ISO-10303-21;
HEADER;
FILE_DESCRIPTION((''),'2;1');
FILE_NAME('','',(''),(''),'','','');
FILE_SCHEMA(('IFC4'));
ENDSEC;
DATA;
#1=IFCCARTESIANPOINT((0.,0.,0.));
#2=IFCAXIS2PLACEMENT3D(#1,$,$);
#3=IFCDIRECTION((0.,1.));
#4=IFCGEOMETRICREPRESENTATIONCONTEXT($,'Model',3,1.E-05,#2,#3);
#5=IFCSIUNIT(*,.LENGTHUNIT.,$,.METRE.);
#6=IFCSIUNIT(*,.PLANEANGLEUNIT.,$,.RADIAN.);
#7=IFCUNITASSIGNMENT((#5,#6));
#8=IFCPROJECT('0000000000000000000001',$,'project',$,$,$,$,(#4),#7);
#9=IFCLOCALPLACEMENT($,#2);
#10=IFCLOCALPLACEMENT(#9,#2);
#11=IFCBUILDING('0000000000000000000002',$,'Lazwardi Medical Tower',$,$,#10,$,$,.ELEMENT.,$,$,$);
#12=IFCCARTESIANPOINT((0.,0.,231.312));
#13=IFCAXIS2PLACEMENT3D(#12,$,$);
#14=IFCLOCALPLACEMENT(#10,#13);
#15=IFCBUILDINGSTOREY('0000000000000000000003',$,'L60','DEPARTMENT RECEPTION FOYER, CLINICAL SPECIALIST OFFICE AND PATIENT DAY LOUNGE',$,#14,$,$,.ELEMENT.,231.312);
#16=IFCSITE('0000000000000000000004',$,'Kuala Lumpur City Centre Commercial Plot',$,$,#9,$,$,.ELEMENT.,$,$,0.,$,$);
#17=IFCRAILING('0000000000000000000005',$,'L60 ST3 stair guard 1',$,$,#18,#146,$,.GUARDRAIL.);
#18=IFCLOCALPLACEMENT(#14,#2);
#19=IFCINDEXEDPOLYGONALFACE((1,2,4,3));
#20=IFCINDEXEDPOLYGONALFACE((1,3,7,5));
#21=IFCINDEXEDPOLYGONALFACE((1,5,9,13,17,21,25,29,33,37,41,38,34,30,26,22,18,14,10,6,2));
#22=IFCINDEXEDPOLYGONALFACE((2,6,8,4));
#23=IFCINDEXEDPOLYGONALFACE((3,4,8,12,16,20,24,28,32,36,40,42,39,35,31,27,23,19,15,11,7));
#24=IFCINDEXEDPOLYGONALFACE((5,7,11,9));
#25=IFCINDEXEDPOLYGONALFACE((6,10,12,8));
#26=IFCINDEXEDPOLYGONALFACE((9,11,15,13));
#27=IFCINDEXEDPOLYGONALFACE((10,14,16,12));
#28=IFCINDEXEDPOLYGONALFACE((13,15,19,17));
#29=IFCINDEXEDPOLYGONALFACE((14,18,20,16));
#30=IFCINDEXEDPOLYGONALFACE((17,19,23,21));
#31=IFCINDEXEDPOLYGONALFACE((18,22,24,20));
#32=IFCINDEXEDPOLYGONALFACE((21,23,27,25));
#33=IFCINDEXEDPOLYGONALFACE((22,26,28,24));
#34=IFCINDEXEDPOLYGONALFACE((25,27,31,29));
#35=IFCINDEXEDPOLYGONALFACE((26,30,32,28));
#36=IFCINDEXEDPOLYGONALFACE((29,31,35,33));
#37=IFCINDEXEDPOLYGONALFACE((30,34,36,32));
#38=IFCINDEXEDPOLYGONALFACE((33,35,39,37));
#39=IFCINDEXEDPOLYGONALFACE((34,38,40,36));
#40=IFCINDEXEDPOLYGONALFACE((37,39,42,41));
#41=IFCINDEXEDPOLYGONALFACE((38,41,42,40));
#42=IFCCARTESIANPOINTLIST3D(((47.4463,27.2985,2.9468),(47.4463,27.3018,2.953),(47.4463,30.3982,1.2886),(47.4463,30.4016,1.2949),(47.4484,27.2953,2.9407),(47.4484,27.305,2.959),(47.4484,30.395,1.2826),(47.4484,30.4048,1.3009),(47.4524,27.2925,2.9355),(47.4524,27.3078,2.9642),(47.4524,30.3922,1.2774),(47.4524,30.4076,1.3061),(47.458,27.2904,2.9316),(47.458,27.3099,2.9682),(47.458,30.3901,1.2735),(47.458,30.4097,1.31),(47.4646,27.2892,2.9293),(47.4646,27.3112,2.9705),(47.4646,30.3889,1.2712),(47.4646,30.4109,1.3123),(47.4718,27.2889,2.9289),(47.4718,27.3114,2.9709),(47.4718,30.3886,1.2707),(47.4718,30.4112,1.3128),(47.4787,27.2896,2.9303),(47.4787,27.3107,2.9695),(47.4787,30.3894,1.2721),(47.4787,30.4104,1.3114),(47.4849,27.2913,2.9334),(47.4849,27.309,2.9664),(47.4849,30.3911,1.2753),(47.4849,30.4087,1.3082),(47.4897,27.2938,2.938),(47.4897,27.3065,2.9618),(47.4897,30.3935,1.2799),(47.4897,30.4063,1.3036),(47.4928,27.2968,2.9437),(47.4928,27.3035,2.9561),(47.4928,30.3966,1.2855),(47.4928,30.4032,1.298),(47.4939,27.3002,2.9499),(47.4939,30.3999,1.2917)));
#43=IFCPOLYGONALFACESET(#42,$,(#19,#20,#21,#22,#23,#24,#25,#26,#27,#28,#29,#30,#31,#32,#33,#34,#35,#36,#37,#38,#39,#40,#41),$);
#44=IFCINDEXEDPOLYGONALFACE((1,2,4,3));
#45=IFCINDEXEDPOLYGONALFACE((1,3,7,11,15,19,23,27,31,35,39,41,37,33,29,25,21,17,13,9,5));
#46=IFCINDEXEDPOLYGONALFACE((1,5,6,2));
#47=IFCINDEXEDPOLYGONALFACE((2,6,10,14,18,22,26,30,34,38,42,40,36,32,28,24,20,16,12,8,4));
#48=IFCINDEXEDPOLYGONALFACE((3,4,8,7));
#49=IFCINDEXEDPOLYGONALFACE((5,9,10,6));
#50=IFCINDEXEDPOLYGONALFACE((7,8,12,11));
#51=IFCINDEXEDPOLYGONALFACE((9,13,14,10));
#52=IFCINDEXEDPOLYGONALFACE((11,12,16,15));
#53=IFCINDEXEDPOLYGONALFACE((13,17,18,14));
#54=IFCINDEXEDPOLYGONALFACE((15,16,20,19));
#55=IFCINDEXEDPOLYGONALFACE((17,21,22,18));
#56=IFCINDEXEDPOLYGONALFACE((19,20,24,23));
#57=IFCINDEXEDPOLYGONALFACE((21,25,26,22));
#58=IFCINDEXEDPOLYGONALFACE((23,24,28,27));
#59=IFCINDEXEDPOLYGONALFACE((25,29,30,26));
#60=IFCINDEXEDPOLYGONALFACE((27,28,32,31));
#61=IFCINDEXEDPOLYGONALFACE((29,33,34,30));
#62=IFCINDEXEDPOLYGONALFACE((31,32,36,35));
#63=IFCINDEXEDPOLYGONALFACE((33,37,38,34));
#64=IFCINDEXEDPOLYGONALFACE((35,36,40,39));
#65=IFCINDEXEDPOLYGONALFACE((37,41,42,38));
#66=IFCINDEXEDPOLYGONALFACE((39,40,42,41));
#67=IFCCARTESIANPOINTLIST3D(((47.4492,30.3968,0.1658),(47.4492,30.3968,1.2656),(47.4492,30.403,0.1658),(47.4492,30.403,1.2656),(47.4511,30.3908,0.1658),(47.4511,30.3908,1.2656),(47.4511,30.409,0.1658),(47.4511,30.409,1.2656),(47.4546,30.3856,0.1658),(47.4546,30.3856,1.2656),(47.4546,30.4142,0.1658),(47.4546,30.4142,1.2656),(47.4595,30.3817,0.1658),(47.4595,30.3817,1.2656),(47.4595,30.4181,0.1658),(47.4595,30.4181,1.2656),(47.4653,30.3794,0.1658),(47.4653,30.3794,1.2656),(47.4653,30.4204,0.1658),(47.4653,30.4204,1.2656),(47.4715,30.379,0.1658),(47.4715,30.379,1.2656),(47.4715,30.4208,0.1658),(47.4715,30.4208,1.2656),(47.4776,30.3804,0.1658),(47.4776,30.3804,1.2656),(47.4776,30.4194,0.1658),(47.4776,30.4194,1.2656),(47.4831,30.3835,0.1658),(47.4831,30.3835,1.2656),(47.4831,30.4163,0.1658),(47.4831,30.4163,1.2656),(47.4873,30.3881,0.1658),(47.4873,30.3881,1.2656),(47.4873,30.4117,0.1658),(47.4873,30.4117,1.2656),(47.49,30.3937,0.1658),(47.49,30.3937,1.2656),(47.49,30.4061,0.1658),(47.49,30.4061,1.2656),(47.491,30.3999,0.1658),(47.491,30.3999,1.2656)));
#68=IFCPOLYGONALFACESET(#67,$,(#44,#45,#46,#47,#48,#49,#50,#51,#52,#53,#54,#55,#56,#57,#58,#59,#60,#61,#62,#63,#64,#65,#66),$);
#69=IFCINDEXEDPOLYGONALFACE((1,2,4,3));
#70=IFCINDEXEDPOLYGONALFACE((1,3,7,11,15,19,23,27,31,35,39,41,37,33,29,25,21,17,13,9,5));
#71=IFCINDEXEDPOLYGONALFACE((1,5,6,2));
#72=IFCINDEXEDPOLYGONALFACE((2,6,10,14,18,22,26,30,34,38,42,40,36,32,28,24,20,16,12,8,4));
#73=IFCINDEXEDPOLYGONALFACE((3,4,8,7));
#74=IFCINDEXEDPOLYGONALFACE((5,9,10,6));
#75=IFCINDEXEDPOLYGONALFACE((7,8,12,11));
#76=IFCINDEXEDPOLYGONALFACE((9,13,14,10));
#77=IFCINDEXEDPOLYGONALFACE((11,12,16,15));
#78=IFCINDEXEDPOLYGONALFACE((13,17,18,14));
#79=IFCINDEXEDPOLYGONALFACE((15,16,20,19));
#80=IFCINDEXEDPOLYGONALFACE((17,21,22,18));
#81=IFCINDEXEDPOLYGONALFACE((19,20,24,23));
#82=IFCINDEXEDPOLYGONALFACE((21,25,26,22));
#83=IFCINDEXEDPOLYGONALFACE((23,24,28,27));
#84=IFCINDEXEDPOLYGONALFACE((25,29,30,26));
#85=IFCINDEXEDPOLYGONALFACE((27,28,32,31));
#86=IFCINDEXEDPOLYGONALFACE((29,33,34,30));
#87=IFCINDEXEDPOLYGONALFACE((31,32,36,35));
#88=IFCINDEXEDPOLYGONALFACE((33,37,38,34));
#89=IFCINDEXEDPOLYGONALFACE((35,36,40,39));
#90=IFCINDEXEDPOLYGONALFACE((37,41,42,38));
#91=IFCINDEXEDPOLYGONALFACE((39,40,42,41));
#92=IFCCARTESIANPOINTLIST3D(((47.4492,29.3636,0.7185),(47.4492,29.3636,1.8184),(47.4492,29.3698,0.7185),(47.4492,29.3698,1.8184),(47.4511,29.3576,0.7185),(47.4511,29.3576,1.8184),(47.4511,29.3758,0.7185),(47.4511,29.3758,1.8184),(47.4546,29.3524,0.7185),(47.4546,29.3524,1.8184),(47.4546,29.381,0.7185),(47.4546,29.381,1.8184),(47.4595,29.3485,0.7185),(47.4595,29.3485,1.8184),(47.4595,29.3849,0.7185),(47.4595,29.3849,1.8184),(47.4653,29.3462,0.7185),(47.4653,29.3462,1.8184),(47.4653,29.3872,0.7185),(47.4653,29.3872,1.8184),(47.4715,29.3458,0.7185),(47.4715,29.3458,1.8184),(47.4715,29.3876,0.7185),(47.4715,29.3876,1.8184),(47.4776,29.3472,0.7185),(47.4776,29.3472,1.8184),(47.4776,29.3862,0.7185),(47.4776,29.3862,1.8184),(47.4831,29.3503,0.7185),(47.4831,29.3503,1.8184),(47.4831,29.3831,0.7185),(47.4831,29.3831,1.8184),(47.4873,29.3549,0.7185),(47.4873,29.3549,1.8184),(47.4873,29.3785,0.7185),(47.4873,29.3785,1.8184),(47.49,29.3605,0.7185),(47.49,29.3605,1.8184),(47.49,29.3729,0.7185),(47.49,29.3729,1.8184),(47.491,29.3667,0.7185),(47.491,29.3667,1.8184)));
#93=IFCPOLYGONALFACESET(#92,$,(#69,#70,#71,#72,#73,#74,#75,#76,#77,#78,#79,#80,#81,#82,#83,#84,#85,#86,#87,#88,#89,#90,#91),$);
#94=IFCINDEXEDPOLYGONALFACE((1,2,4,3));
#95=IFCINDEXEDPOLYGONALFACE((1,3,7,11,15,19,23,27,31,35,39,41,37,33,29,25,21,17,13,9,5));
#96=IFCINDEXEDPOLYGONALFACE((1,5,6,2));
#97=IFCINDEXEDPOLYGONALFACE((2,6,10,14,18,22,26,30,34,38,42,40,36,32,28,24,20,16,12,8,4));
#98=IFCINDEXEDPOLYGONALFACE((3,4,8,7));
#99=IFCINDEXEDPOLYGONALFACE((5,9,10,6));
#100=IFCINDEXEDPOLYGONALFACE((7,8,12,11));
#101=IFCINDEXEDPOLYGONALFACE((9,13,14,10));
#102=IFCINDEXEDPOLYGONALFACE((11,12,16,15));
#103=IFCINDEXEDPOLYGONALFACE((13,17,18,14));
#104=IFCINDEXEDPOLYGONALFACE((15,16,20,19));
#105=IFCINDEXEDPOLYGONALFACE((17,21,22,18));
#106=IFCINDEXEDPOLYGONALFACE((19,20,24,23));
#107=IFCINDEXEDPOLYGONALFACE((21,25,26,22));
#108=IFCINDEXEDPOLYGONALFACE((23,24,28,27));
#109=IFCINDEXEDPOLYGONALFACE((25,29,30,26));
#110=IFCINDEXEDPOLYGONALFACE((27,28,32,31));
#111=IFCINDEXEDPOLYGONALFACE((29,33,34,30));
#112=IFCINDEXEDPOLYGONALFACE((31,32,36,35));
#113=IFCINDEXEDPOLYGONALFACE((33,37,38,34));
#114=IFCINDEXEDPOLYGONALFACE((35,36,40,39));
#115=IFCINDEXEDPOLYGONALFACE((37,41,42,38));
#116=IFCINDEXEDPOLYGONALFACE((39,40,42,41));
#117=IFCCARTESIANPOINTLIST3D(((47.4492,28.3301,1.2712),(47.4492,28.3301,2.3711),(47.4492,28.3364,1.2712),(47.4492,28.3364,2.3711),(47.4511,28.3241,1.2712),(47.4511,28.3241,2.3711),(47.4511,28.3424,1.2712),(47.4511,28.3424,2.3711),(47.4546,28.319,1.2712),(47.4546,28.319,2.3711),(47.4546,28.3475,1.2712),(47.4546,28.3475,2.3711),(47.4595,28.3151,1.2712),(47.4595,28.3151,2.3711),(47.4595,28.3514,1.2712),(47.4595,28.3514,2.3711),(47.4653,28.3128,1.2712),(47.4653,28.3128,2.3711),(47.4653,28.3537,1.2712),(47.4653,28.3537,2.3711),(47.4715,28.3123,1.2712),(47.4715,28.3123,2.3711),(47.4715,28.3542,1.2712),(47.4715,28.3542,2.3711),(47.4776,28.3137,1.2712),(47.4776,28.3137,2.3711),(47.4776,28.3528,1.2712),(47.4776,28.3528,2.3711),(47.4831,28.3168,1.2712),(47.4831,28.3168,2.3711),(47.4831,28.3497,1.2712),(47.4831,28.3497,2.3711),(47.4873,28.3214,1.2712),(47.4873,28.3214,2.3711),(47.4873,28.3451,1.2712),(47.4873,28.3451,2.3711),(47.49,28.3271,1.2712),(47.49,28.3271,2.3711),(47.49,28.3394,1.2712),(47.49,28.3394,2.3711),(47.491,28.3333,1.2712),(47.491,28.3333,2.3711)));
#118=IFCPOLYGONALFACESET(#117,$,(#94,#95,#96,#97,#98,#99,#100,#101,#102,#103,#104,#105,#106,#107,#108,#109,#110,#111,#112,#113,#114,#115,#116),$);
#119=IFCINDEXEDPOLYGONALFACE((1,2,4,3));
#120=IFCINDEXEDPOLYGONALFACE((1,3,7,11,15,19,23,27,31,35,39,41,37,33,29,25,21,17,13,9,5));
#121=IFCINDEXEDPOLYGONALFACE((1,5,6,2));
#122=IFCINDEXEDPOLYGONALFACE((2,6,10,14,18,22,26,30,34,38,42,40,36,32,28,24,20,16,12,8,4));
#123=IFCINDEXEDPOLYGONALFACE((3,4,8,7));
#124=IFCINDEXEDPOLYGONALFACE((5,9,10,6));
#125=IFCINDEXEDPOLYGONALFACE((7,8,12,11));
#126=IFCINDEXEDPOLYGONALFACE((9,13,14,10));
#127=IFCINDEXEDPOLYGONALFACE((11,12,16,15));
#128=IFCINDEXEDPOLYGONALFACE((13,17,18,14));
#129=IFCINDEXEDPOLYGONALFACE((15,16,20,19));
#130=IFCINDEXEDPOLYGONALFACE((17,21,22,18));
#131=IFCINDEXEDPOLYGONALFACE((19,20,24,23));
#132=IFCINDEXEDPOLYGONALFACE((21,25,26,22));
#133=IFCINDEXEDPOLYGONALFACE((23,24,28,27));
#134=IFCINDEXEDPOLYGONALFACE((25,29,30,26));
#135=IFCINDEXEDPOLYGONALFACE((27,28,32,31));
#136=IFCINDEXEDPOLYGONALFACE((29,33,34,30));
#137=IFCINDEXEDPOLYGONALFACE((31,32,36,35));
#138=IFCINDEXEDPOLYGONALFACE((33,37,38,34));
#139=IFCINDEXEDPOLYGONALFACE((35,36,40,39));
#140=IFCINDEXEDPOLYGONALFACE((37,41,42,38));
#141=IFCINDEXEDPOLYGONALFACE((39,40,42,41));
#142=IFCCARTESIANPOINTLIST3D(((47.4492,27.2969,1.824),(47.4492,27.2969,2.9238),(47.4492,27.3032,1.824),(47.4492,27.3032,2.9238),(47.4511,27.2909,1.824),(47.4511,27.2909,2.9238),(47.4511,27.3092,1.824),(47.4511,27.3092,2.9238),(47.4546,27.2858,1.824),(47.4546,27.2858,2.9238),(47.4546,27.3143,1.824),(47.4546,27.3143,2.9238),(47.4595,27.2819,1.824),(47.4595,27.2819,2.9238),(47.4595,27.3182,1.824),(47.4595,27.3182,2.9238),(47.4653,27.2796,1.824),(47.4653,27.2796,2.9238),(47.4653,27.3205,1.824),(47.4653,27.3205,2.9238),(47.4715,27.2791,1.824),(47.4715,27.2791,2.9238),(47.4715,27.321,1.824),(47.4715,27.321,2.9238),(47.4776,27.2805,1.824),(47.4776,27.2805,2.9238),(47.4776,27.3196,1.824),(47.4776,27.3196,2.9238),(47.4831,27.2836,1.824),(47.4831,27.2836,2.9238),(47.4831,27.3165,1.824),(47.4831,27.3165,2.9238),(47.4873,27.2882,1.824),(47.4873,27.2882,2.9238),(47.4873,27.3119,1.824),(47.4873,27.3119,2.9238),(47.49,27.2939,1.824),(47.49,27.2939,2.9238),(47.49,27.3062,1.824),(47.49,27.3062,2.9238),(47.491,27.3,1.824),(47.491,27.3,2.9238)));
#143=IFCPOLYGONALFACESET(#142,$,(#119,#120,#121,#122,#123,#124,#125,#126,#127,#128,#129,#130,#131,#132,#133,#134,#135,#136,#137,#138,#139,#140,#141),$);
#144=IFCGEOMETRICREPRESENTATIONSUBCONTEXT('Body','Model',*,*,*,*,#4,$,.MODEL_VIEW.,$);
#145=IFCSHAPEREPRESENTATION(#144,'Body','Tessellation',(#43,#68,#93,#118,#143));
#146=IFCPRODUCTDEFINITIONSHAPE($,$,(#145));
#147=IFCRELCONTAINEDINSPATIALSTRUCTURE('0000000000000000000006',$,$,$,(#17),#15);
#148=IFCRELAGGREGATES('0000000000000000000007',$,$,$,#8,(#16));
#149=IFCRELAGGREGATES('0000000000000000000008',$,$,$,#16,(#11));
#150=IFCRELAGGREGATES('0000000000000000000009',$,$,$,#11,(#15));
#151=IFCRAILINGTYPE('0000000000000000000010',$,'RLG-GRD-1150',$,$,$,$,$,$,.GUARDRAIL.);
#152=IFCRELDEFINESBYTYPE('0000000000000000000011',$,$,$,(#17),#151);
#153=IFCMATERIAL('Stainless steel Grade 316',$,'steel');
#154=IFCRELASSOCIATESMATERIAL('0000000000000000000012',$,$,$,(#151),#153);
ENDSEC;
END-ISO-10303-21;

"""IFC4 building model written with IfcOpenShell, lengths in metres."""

from ifc_helpers import new_model, si_unit, direction, frame, origin, origin_2d, place, context, subcontext, project, spatial, circle, extrude, material, type_object, element, save


model = new_model("IFC4")

# Units and contexts
model_context = context("Model", 3, precision=1e-05, world=origin(), true_north=direction((0.0, 1.0)))
body_context = subcontext(model_context, "Body", "Model", "MODEL_VIEW")
ifc_project = project(units=[si_unit("LENGTHUNIT", "METRE"), si_unit("PLANEANGLEUNIT", "RADIAN")], contexts=[model_context])

# Site, building, storey
site_placement = place(None, origin())
site = spatial("IfcSite", under=ifc_project, at=site_placement, Name="Kuala Lumpur City Centre Commercial Plot", CompositionType="ELEMENT", RefElevation=0.0)
building_placement = place(site_placement, origin())
building = spatial("IfcBuilding", under=site, at=building_placement, Name="Lazwardi Medical Tower", CompositionType="ELEMENT")
storey_placement = place(building_placement, frame((0.0, 0.0, 231.312)))
storey = spatial("IfcBuildingStorey", under=building, at=storey_placement, Name="L60", Description="DEPARTMENT RECEPTION FOYER, CLINICAL SPECIALIST OFFICE AND PATIENT DAY LOUNGE", CompositionType="ELEMENT", Elevation=231.312)

# Railing
ifc_material_1 = material(Name="Stainless steel Grade 316", Category="steel")
railing_type = type_object("IfcRailingType", Name="RLG-GRD-1150", PredefinedType="GUARDRAIL", material=ifc_material_1)
railing_1_placement = place(storey_placement, frame((47.47, 30.3999, 0.1658)))
element("IfcRailing", 1, at=railing_1_placement, inside=storey, type_object=railing_type, Name="L60 ST3 stair guard 1", PredefinedType="GUARDRAIL", context=body_context, shape_type="SweptSolid", body=[
    extrude(circle(Radius=0.0239, at=origin_2d()), frame((0.0, 0.0, 1.126), z_axis=(0.0, -0.881768, 0.471684), x_axis=(1.0, 0.0, 0.0)), (0.0, 0.0, 1.0), 3.5154),
    extrude(circle(Radius=0.021, at=origin_2d()), origin(), (0.0, 0.0, 1.0), 1.0999),
    extrude(circle(Radius=0.021, at=origin_2d()), frame((0.0, -1.0332, 0.5527)), (0.0, 0.0, 1.0), 1.0999),
    extrude(circle(Radius=0.021, at=origin_2d()), frame((0.0, -2.0667, 1.1055)), (0.0, 0.0, 1.0), 1.0999),
    extrude(circle(Radius=0.021, at=origin_2d()), frame((0.0, -3.0999, 1.6582)), (0.0, 0.0, 1.0), 1.0999),
])

save(model, "model.ifc")
